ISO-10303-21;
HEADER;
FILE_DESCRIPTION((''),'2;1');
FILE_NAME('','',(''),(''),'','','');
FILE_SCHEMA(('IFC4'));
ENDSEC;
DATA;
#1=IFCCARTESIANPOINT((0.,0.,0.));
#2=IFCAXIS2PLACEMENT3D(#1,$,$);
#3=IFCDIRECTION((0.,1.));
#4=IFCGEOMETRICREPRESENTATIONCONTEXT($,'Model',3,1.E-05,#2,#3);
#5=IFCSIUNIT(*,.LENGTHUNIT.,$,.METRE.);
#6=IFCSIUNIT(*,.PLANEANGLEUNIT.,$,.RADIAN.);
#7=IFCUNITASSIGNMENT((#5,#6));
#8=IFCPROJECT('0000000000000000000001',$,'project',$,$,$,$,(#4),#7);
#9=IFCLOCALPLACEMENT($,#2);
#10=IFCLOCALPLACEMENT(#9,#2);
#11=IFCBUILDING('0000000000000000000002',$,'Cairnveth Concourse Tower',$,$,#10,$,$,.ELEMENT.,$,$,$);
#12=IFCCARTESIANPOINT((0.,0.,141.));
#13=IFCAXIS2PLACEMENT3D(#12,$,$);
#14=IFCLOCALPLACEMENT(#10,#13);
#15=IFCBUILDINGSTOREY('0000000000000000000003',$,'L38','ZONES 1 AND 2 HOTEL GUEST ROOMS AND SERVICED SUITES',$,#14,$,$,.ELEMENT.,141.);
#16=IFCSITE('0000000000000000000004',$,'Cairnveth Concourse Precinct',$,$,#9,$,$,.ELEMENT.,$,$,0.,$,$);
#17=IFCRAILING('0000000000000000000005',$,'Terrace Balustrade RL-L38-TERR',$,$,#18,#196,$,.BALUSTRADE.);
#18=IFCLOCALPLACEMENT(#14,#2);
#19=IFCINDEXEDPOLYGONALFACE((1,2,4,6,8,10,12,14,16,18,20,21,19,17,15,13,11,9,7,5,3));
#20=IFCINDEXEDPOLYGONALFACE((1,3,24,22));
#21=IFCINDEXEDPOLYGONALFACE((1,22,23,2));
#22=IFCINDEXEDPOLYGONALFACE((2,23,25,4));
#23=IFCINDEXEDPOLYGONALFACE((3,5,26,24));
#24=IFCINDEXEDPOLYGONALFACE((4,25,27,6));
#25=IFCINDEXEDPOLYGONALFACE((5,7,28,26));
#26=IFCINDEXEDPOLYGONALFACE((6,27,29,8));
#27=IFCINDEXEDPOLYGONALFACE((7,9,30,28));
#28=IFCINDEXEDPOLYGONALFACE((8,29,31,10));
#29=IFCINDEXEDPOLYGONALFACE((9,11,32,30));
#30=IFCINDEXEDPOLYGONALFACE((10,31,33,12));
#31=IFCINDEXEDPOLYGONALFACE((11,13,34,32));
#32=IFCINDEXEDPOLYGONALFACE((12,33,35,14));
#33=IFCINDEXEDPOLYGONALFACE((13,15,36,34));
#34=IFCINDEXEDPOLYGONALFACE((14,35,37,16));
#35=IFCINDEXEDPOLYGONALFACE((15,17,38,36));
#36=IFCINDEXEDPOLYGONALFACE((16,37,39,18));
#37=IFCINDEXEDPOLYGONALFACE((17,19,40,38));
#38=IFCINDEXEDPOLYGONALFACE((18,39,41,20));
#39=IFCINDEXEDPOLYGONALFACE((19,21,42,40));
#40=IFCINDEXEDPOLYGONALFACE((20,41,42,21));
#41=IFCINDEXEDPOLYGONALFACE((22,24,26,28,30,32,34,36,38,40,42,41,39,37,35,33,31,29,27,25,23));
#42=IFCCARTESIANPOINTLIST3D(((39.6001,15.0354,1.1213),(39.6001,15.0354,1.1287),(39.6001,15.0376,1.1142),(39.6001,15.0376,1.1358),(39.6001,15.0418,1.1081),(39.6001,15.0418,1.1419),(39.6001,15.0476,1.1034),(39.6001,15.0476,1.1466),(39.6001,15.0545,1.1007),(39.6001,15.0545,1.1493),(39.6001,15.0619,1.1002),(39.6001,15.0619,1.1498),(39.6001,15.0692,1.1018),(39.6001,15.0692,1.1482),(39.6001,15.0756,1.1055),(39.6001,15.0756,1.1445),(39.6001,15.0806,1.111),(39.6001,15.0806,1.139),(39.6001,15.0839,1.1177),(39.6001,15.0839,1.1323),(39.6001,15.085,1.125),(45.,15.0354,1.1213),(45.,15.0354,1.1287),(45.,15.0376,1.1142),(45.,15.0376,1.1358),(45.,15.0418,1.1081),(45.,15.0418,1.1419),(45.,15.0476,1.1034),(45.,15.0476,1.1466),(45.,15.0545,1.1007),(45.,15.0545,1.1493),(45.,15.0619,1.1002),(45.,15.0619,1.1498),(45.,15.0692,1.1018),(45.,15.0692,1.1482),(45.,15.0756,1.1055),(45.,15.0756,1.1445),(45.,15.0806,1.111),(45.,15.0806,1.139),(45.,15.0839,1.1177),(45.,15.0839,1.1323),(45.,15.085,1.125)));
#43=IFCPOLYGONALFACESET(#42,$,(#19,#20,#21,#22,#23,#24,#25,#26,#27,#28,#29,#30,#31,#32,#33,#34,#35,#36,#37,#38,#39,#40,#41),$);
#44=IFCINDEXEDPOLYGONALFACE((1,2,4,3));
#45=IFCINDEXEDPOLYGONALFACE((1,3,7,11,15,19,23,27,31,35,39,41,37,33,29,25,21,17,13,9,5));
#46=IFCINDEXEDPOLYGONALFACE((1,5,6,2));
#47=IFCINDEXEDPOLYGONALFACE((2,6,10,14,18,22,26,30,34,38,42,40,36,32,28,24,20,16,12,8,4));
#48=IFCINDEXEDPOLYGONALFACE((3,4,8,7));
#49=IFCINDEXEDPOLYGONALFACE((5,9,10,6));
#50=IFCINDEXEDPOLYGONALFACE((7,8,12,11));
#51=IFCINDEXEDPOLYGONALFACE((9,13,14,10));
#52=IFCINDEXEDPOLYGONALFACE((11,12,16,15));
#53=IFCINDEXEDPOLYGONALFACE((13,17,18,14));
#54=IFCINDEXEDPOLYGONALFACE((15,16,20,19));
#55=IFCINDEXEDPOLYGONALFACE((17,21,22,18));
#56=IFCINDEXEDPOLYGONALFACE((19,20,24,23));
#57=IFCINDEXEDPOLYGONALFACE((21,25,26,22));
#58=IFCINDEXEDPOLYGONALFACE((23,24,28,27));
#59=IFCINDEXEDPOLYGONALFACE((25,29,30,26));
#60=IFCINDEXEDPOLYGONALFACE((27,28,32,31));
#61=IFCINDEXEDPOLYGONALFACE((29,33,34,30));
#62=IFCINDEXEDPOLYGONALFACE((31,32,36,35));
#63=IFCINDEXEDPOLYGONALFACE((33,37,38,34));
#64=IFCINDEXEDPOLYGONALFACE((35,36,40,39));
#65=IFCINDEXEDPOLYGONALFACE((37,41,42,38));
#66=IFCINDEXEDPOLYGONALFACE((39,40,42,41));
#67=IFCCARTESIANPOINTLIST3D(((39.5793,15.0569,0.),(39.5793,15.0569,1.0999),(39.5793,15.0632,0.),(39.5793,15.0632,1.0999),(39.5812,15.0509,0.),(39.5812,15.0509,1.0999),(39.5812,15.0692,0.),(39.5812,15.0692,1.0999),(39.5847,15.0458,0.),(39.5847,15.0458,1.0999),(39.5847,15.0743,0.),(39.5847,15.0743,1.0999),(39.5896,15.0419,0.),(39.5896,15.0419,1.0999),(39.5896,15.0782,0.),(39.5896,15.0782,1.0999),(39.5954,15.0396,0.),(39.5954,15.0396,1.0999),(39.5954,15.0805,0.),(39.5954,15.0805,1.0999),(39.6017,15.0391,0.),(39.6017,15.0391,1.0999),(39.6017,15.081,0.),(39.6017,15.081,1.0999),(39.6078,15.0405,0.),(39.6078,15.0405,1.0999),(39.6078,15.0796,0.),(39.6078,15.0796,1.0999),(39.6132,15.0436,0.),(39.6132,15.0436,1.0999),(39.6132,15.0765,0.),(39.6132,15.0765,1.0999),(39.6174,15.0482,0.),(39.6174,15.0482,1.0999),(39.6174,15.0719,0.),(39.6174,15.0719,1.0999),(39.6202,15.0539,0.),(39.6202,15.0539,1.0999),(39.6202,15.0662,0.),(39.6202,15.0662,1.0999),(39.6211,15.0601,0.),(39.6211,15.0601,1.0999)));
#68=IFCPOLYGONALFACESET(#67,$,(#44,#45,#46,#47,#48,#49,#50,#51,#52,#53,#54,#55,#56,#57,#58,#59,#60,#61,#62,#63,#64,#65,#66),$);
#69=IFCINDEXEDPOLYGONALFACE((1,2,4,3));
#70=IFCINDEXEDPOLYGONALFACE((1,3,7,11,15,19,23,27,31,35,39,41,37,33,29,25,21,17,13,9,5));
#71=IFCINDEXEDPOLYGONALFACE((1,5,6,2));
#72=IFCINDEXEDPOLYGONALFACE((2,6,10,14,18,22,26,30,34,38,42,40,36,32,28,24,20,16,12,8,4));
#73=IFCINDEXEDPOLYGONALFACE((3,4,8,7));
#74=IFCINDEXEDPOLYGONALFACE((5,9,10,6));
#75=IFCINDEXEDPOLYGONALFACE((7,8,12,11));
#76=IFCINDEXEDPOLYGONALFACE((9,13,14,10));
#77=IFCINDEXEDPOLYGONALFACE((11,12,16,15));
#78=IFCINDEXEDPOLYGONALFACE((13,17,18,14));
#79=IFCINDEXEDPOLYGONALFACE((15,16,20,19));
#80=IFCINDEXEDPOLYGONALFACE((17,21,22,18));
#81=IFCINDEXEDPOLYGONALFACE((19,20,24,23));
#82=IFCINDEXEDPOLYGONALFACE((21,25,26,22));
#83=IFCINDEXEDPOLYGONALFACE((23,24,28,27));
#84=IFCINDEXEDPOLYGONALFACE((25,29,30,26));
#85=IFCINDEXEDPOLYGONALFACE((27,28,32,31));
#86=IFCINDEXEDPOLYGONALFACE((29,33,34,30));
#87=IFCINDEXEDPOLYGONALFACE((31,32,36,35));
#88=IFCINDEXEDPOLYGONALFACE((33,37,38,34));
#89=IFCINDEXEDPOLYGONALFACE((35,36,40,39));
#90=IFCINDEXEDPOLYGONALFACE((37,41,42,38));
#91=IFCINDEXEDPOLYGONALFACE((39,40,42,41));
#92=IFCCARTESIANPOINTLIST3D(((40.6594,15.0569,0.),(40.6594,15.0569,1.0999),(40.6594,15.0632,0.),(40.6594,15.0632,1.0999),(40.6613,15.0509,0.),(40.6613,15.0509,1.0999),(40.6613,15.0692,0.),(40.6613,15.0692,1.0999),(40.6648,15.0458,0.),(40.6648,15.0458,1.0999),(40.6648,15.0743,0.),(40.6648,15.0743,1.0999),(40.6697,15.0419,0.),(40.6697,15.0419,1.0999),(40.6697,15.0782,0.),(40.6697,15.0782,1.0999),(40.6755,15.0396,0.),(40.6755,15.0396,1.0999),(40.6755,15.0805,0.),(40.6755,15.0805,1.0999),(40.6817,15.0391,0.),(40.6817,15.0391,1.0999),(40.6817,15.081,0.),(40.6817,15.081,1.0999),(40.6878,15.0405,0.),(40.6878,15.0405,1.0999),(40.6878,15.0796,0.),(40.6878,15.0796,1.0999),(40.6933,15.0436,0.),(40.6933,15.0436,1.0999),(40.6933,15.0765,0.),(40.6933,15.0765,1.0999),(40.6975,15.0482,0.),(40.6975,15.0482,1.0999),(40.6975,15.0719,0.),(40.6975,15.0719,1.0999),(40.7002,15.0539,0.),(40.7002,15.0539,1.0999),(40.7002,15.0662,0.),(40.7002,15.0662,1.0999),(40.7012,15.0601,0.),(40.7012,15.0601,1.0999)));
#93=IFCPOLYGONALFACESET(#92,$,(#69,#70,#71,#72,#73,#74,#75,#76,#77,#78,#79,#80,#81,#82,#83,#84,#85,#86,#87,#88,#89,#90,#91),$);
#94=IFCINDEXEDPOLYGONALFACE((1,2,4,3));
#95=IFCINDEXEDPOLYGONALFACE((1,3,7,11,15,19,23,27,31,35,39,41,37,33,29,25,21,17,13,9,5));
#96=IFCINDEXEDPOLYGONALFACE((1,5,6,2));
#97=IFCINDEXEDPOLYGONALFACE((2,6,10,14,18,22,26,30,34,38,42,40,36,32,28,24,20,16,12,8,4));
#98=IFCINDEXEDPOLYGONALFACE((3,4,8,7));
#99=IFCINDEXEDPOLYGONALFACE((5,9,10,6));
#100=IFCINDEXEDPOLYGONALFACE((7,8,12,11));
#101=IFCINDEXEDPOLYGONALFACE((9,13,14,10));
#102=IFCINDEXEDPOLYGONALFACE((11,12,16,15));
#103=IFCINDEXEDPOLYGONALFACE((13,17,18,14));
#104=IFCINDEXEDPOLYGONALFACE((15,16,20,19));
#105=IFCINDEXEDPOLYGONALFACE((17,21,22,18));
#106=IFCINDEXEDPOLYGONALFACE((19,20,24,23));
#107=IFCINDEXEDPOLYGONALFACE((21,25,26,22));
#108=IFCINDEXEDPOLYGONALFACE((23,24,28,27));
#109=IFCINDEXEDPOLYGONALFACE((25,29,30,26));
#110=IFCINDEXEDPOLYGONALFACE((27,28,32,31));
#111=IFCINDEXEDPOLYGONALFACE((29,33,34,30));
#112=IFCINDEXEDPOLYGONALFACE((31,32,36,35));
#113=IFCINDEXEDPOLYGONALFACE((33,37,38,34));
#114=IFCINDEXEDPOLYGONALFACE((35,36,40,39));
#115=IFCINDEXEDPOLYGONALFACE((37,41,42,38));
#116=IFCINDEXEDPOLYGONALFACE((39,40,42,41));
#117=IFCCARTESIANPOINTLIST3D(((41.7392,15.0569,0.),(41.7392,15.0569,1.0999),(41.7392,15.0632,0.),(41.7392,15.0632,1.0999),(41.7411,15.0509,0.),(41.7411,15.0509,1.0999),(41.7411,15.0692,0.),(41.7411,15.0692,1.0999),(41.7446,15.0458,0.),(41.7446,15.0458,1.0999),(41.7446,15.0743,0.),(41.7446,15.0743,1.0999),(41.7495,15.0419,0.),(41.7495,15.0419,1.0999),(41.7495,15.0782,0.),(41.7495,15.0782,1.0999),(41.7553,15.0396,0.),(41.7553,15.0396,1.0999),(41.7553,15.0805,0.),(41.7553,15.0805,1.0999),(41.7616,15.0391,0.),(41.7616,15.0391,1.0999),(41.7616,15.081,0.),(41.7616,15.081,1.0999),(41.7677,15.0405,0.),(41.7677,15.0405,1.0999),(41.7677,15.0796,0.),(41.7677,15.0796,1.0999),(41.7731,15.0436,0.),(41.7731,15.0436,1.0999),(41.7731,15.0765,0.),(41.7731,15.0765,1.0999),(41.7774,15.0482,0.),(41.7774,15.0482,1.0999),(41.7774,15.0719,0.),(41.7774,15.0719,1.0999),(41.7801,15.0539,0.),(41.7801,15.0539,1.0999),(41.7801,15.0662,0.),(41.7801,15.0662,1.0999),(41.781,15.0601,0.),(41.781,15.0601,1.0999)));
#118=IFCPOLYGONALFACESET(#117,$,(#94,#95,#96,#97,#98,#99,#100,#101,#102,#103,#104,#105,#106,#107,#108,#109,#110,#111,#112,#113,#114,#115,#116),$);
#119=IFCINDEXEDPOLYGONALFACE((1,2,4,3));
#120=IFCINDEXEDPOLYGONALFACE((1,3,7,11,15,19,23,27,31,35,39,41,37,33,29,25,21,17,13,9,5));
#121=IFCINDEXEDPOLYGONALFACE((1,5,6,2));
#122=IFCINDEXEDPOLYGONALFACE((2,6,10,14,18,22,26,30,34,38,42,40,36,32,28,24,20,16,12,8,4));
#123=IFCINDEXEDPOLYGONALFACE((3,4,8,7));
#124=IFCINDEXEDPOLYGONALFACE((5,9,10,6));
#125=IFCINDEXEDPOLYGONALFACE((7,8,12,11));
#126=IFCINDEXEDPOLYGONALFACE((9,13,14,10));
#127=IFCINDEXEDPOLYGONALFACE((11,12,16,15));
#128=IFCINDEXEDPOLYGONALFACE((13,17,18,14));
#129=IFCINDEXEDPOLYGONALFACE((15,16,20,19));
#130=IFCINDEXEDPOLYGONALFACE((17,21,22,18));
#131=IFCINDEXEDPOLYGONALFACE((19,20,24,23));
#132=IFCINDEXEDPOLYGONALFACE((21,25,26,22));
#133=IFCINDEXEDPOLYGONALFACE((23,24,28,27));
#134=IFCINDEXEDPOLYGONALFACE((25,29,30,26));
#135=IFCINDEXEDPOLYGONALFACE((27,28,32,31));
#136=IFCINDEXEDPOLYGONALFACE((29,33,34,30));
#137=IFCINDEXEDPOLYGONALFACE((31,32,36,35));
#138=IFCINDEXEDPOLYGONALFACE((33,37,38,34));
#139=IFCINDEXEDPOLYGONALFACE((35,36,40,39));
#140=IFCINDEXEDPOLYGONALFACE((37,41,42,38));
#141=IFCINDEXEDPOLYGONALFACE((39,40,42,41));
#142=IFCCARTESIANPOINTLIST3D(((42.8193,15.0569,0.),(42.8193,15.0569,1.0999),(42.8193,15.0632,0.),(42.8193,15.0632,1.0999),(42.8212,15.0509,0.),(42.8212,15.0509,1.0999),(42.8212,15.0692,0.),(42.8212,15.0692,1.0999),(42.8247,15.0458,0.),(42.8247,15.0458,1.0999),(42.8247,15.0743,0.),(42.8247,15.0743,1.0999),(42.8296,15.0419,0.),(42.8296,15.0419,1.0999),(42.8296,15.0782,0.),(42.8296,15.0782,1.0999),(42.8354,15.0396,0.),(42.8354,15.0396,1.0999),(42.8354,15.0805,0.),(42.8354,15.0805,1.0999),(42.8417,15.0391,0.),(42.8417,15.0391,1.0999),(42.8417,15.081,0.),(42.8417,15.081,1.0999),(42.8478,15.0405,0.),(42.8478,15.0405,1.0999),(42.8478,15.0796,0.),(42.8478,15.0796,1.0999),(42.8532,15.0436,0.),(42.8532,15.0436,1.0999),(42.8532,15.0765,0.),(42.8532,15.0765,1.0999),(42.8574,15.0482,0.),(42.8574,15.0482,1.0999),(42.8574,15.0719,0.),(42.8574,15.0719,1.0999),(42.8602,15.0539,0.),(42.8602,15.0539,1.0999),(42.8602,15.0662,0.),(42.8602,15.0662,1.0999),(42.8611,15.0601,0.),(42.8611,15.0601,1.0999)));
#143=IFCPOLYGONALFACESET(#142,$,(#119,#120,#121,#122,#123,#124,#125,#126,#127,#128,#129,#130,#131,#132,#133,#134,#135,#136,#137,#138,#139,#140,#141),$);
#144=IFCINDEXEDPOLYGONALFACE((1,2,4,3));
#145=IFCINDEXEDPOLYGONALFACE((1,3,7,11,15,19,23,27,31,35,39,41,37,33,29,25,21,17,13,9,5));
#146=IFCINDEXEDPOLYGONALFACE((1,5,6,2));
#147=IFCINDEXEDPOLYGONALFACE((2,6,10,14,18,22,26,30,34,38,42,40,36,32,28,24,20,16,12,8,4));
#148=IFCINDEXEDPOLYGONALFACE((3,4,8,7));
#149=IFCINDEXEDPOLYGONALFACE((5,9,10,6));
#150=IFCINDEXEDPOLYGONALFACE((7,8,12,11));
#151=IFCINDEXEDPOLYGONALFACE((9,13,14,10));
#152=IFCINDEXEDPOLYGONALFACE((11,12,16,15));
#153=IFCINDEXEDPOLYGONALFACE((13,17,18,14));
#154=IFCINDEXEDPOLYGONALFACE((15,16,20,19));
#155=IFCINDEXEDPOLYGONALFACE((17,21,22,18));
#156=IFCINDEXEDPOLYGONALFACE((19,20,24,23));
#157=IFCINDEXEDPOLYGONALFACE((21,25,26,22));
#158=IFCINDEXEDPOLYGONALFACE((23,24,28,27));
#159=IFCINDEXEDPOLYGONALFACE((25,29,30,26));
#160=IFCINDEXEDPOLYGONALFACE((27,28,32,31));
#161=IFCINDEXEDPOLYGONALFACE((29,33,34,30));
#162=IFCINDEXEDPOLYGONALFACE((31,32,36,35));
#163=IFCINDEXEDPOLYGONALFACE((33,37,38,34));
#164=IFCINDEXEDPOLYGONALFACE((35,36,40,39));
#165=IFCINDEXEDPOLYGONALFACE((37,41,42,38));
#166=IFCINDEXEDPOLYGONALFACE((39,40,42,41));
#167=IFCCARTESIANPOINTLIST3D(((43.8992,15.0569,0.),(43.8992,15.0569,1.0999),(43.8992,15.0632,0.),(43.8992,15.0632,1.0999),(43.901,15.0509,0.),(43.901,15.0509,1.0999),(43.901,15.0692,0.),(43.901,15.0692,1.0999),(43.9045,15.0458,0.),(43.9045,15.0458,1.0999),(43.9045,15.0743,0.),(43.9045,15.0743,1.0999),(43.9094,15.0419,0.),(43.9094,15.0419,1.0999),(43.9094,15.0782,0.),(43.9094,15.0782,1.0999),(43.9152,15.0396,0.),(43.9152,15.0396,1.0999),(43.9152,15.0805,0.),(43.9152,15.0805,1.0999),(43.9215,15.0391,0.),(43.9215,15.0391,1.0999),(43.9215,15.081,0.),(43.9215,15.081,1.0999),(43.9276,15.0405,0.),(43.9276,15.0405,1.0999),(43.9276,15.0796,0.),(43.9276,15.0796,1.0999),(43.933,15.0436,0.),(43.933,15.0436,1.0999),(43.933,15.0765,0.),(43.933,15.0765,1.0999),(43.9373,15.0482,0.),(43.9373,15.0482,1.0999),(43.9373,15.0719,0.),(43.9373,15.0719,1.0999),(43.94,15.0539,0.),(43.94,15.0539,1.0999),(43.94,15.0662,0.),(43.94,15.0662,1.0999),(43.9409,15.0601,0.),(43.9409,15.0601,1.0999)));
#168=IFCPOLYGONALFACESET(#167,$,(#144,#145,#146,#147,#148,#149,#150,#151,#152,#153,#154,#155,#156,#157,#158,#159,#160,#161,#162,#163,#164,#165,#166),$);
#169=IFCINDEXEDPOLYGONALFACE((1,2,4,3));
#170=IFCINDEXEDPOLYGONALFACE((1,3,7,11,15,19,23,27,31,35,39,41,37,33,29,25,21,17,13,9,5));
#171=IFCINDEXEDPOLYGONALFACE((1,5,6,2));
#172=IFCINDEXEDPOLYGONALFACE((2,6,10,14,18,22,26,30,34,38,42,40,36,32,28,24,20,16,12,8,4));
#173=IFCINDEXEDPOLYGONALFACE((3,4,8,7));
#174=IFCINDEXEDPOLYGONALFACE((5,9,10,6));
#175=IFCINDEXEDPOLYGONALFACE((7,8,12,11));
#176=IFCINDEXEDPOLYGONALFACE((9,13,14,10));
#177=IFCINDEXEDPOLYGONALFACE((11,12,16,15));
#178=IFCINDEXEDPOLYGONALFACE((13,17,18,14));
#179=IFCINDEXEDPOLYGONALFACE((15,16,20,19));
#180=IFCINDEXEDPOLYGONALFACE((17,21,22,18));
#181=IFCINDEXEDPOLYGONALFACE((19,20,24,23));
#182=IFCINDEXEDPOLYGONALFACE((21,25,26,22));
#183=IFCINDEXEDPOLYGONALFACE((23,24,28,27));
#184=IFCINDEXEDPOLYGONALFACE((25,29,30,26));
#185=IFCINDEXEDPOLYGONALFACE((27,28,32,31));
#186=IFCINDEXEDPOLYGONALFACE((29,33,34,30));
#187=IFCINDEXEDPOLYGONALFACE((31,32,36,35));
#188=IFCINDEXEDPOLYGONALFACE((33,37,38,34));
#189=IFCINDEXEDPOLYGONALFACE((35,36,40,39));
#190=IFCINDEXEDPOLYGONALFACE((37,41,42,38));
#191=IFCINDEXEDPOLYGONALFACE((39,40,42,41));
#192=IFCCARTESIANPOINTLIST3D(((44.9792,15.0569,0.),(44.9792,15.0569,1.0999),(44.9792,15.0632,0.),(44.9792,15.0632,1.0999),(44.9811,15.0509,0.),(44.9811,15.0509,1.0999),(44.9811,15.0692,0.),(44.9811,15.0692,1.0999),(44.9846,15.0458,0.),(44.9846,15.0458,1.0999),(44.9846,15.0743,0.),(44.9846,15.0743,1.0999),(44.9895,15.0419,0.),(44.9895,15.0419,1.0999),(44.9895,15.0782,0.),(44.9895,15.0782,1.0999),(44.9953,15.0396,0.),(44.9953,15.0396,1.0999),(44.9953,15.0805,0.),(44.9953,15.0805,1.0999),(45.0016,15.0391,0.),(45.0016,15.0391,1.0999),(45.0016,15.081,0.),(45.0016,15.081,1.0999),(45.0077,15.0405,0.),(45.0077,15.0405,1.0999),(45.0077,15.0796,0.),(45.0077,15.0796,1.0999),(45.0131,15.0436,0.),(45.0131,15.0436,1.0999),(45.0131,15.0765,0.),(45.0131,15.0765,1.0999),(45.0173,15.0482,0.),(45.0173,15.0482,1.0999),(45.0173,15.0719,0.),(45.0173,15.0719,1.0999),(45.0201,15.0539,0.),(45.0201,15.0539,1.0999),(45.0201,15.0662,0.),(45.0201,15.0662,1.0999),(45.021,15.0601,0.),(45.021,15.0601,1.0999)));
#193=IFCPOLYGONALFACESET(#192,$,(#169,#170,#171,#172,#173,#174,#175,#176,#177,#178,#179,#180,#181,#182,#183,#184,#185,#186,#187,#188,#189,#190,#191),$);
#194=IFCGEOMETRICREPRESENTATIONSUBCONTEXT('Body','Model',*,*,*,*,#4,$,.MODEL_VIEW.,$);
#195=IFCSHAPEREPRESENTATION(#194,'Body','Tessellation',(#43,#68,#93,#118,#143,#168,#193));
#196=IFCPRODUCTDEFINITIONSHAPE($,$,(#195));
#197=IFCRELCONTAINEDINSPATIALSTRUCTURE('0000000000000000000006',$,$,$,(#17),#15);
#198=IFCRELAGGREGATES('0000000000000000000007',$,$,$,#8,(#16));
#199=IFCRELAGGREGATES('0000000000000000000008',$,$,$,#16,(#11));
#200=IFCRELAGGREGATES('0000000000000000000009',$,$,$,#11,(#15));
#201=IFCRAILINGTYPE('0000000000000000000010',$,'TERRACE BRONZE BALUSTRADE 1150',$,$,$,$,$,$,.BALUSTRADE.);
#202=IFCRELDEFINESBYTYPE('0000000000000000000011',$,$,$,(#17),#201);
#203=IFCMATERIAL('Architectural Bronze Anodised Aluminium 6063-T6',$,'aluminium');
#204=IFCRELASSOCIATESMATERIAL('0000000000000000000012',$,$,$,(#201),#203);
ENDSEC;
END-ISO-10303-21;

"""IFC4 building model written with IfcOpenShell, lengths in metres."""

from ifc_helpers import new_model, si_unit, direction, frame, origin, origin_2d, place, context, subcontext, project, spatial, circle, extrude, material, type_object, element, save


model = new_model("IFC4")

# Units and contexts
model_context = context("Model", 3, precision=1e-05, world=origin(), true_north=direction((0.0, 1.0)))
body_context = subcontext(model_context, "Body", "Model", "MODEL_VIEW")
ifc_project = project(units=[si_unit("LENGTHUNIT", "METRE"), si_unit("PLANEANGLEUNIT", "RADIAN")], contexts=[model_context])

# Site, building, storey
site_placement = place(None, origin())
site = spatial("IfcSite", under=ifc_project, at=site_placement, Name="Cairnveth Concourse Precinct", CompositionType="ELEMENT", RefElevation=0.0)
building_placement = place(site_placement, origin())
building = spatial("IfcBuilding", under=site, at=building_placement, Name="Cairnveth Concourse Tower", CompositionType="ELEMENT")
storey_placement = place(building_placement, frame((0.0, 0.0, 141.0)))
storey = spatial("IfcBuildingStorey", under=building, at=storey_placement, Name="L38", Description="ZONES 1 AND 2 HOTEL GUEST ROOMS AND SERVICED SUITES", CompositionType="ELEMENT", Elevation=141.0)

# Shared definitions
ifc_material_1 = material(Name="Architectural Bronze Anodised Aluminium 6063-T6", Category="aluminium")

# Railing
railing_type = type_object("IfcRailingType", Name="TERRACE BRONZE BALUSTRADE 1150", PredefinedType="BALUSTRADE", material=ifc_material_1)
railing_placement = place(storey_placement, frame((39.6001, 15.0601, 0.0)))
element("IfcRailing", 1, at=railing_placement, inside=storey, type_object=railing_type, Name="Terrace Balustrade RL-L38-TERR", PredefinedType="BALUSTRADE", context=body_context, shape_type="SweptSolid", body=[
    extrude(circle(Radius=0.0249, at=origin_2d()), frame((0.0, 0.0, 1.125), z_axis=(1.0, 0.0, 0.0), x_axis=(0.0, 1.0, 0.0)), (0.0, 0.0, 1.0), 5.3999),
    extrude(circle(Radius=0.021, at=origin_2d()), origin(), (0.0, 0.0, 1.0), 1.0999),
    extrude(circle(Radius=0.021, at=origin_2d()), frame((1.0801, 0.0, 0.0)), (0.0, 0.0, 1.0), 1.0999),
    extrude(circle(Radius=0.021, at=origin_2d()), frame((2.1599, 0.0, 0.0)), (0.0, 0.0, 1.0), 1.0999),
    extrude(circle(Radius=0.021, at=origin_2d()), frame((3.24, 0.0, 0.0)), (0.0, 0.0, 1.0), 1.0999),
    extrude(circle(Radius=0.021, at=origin_2d()), frame((4.3198, 0.0, 0.0)), (0.0, 0.0, 1.0), 1.0999),
    extrude(circle(Radius=0.021, at=origin_2d()), frame((5.3999, 0.0, 0.0)), (0.0, 0.0, 1.0), 1.0999),
])

save(model, "model.ifc")
